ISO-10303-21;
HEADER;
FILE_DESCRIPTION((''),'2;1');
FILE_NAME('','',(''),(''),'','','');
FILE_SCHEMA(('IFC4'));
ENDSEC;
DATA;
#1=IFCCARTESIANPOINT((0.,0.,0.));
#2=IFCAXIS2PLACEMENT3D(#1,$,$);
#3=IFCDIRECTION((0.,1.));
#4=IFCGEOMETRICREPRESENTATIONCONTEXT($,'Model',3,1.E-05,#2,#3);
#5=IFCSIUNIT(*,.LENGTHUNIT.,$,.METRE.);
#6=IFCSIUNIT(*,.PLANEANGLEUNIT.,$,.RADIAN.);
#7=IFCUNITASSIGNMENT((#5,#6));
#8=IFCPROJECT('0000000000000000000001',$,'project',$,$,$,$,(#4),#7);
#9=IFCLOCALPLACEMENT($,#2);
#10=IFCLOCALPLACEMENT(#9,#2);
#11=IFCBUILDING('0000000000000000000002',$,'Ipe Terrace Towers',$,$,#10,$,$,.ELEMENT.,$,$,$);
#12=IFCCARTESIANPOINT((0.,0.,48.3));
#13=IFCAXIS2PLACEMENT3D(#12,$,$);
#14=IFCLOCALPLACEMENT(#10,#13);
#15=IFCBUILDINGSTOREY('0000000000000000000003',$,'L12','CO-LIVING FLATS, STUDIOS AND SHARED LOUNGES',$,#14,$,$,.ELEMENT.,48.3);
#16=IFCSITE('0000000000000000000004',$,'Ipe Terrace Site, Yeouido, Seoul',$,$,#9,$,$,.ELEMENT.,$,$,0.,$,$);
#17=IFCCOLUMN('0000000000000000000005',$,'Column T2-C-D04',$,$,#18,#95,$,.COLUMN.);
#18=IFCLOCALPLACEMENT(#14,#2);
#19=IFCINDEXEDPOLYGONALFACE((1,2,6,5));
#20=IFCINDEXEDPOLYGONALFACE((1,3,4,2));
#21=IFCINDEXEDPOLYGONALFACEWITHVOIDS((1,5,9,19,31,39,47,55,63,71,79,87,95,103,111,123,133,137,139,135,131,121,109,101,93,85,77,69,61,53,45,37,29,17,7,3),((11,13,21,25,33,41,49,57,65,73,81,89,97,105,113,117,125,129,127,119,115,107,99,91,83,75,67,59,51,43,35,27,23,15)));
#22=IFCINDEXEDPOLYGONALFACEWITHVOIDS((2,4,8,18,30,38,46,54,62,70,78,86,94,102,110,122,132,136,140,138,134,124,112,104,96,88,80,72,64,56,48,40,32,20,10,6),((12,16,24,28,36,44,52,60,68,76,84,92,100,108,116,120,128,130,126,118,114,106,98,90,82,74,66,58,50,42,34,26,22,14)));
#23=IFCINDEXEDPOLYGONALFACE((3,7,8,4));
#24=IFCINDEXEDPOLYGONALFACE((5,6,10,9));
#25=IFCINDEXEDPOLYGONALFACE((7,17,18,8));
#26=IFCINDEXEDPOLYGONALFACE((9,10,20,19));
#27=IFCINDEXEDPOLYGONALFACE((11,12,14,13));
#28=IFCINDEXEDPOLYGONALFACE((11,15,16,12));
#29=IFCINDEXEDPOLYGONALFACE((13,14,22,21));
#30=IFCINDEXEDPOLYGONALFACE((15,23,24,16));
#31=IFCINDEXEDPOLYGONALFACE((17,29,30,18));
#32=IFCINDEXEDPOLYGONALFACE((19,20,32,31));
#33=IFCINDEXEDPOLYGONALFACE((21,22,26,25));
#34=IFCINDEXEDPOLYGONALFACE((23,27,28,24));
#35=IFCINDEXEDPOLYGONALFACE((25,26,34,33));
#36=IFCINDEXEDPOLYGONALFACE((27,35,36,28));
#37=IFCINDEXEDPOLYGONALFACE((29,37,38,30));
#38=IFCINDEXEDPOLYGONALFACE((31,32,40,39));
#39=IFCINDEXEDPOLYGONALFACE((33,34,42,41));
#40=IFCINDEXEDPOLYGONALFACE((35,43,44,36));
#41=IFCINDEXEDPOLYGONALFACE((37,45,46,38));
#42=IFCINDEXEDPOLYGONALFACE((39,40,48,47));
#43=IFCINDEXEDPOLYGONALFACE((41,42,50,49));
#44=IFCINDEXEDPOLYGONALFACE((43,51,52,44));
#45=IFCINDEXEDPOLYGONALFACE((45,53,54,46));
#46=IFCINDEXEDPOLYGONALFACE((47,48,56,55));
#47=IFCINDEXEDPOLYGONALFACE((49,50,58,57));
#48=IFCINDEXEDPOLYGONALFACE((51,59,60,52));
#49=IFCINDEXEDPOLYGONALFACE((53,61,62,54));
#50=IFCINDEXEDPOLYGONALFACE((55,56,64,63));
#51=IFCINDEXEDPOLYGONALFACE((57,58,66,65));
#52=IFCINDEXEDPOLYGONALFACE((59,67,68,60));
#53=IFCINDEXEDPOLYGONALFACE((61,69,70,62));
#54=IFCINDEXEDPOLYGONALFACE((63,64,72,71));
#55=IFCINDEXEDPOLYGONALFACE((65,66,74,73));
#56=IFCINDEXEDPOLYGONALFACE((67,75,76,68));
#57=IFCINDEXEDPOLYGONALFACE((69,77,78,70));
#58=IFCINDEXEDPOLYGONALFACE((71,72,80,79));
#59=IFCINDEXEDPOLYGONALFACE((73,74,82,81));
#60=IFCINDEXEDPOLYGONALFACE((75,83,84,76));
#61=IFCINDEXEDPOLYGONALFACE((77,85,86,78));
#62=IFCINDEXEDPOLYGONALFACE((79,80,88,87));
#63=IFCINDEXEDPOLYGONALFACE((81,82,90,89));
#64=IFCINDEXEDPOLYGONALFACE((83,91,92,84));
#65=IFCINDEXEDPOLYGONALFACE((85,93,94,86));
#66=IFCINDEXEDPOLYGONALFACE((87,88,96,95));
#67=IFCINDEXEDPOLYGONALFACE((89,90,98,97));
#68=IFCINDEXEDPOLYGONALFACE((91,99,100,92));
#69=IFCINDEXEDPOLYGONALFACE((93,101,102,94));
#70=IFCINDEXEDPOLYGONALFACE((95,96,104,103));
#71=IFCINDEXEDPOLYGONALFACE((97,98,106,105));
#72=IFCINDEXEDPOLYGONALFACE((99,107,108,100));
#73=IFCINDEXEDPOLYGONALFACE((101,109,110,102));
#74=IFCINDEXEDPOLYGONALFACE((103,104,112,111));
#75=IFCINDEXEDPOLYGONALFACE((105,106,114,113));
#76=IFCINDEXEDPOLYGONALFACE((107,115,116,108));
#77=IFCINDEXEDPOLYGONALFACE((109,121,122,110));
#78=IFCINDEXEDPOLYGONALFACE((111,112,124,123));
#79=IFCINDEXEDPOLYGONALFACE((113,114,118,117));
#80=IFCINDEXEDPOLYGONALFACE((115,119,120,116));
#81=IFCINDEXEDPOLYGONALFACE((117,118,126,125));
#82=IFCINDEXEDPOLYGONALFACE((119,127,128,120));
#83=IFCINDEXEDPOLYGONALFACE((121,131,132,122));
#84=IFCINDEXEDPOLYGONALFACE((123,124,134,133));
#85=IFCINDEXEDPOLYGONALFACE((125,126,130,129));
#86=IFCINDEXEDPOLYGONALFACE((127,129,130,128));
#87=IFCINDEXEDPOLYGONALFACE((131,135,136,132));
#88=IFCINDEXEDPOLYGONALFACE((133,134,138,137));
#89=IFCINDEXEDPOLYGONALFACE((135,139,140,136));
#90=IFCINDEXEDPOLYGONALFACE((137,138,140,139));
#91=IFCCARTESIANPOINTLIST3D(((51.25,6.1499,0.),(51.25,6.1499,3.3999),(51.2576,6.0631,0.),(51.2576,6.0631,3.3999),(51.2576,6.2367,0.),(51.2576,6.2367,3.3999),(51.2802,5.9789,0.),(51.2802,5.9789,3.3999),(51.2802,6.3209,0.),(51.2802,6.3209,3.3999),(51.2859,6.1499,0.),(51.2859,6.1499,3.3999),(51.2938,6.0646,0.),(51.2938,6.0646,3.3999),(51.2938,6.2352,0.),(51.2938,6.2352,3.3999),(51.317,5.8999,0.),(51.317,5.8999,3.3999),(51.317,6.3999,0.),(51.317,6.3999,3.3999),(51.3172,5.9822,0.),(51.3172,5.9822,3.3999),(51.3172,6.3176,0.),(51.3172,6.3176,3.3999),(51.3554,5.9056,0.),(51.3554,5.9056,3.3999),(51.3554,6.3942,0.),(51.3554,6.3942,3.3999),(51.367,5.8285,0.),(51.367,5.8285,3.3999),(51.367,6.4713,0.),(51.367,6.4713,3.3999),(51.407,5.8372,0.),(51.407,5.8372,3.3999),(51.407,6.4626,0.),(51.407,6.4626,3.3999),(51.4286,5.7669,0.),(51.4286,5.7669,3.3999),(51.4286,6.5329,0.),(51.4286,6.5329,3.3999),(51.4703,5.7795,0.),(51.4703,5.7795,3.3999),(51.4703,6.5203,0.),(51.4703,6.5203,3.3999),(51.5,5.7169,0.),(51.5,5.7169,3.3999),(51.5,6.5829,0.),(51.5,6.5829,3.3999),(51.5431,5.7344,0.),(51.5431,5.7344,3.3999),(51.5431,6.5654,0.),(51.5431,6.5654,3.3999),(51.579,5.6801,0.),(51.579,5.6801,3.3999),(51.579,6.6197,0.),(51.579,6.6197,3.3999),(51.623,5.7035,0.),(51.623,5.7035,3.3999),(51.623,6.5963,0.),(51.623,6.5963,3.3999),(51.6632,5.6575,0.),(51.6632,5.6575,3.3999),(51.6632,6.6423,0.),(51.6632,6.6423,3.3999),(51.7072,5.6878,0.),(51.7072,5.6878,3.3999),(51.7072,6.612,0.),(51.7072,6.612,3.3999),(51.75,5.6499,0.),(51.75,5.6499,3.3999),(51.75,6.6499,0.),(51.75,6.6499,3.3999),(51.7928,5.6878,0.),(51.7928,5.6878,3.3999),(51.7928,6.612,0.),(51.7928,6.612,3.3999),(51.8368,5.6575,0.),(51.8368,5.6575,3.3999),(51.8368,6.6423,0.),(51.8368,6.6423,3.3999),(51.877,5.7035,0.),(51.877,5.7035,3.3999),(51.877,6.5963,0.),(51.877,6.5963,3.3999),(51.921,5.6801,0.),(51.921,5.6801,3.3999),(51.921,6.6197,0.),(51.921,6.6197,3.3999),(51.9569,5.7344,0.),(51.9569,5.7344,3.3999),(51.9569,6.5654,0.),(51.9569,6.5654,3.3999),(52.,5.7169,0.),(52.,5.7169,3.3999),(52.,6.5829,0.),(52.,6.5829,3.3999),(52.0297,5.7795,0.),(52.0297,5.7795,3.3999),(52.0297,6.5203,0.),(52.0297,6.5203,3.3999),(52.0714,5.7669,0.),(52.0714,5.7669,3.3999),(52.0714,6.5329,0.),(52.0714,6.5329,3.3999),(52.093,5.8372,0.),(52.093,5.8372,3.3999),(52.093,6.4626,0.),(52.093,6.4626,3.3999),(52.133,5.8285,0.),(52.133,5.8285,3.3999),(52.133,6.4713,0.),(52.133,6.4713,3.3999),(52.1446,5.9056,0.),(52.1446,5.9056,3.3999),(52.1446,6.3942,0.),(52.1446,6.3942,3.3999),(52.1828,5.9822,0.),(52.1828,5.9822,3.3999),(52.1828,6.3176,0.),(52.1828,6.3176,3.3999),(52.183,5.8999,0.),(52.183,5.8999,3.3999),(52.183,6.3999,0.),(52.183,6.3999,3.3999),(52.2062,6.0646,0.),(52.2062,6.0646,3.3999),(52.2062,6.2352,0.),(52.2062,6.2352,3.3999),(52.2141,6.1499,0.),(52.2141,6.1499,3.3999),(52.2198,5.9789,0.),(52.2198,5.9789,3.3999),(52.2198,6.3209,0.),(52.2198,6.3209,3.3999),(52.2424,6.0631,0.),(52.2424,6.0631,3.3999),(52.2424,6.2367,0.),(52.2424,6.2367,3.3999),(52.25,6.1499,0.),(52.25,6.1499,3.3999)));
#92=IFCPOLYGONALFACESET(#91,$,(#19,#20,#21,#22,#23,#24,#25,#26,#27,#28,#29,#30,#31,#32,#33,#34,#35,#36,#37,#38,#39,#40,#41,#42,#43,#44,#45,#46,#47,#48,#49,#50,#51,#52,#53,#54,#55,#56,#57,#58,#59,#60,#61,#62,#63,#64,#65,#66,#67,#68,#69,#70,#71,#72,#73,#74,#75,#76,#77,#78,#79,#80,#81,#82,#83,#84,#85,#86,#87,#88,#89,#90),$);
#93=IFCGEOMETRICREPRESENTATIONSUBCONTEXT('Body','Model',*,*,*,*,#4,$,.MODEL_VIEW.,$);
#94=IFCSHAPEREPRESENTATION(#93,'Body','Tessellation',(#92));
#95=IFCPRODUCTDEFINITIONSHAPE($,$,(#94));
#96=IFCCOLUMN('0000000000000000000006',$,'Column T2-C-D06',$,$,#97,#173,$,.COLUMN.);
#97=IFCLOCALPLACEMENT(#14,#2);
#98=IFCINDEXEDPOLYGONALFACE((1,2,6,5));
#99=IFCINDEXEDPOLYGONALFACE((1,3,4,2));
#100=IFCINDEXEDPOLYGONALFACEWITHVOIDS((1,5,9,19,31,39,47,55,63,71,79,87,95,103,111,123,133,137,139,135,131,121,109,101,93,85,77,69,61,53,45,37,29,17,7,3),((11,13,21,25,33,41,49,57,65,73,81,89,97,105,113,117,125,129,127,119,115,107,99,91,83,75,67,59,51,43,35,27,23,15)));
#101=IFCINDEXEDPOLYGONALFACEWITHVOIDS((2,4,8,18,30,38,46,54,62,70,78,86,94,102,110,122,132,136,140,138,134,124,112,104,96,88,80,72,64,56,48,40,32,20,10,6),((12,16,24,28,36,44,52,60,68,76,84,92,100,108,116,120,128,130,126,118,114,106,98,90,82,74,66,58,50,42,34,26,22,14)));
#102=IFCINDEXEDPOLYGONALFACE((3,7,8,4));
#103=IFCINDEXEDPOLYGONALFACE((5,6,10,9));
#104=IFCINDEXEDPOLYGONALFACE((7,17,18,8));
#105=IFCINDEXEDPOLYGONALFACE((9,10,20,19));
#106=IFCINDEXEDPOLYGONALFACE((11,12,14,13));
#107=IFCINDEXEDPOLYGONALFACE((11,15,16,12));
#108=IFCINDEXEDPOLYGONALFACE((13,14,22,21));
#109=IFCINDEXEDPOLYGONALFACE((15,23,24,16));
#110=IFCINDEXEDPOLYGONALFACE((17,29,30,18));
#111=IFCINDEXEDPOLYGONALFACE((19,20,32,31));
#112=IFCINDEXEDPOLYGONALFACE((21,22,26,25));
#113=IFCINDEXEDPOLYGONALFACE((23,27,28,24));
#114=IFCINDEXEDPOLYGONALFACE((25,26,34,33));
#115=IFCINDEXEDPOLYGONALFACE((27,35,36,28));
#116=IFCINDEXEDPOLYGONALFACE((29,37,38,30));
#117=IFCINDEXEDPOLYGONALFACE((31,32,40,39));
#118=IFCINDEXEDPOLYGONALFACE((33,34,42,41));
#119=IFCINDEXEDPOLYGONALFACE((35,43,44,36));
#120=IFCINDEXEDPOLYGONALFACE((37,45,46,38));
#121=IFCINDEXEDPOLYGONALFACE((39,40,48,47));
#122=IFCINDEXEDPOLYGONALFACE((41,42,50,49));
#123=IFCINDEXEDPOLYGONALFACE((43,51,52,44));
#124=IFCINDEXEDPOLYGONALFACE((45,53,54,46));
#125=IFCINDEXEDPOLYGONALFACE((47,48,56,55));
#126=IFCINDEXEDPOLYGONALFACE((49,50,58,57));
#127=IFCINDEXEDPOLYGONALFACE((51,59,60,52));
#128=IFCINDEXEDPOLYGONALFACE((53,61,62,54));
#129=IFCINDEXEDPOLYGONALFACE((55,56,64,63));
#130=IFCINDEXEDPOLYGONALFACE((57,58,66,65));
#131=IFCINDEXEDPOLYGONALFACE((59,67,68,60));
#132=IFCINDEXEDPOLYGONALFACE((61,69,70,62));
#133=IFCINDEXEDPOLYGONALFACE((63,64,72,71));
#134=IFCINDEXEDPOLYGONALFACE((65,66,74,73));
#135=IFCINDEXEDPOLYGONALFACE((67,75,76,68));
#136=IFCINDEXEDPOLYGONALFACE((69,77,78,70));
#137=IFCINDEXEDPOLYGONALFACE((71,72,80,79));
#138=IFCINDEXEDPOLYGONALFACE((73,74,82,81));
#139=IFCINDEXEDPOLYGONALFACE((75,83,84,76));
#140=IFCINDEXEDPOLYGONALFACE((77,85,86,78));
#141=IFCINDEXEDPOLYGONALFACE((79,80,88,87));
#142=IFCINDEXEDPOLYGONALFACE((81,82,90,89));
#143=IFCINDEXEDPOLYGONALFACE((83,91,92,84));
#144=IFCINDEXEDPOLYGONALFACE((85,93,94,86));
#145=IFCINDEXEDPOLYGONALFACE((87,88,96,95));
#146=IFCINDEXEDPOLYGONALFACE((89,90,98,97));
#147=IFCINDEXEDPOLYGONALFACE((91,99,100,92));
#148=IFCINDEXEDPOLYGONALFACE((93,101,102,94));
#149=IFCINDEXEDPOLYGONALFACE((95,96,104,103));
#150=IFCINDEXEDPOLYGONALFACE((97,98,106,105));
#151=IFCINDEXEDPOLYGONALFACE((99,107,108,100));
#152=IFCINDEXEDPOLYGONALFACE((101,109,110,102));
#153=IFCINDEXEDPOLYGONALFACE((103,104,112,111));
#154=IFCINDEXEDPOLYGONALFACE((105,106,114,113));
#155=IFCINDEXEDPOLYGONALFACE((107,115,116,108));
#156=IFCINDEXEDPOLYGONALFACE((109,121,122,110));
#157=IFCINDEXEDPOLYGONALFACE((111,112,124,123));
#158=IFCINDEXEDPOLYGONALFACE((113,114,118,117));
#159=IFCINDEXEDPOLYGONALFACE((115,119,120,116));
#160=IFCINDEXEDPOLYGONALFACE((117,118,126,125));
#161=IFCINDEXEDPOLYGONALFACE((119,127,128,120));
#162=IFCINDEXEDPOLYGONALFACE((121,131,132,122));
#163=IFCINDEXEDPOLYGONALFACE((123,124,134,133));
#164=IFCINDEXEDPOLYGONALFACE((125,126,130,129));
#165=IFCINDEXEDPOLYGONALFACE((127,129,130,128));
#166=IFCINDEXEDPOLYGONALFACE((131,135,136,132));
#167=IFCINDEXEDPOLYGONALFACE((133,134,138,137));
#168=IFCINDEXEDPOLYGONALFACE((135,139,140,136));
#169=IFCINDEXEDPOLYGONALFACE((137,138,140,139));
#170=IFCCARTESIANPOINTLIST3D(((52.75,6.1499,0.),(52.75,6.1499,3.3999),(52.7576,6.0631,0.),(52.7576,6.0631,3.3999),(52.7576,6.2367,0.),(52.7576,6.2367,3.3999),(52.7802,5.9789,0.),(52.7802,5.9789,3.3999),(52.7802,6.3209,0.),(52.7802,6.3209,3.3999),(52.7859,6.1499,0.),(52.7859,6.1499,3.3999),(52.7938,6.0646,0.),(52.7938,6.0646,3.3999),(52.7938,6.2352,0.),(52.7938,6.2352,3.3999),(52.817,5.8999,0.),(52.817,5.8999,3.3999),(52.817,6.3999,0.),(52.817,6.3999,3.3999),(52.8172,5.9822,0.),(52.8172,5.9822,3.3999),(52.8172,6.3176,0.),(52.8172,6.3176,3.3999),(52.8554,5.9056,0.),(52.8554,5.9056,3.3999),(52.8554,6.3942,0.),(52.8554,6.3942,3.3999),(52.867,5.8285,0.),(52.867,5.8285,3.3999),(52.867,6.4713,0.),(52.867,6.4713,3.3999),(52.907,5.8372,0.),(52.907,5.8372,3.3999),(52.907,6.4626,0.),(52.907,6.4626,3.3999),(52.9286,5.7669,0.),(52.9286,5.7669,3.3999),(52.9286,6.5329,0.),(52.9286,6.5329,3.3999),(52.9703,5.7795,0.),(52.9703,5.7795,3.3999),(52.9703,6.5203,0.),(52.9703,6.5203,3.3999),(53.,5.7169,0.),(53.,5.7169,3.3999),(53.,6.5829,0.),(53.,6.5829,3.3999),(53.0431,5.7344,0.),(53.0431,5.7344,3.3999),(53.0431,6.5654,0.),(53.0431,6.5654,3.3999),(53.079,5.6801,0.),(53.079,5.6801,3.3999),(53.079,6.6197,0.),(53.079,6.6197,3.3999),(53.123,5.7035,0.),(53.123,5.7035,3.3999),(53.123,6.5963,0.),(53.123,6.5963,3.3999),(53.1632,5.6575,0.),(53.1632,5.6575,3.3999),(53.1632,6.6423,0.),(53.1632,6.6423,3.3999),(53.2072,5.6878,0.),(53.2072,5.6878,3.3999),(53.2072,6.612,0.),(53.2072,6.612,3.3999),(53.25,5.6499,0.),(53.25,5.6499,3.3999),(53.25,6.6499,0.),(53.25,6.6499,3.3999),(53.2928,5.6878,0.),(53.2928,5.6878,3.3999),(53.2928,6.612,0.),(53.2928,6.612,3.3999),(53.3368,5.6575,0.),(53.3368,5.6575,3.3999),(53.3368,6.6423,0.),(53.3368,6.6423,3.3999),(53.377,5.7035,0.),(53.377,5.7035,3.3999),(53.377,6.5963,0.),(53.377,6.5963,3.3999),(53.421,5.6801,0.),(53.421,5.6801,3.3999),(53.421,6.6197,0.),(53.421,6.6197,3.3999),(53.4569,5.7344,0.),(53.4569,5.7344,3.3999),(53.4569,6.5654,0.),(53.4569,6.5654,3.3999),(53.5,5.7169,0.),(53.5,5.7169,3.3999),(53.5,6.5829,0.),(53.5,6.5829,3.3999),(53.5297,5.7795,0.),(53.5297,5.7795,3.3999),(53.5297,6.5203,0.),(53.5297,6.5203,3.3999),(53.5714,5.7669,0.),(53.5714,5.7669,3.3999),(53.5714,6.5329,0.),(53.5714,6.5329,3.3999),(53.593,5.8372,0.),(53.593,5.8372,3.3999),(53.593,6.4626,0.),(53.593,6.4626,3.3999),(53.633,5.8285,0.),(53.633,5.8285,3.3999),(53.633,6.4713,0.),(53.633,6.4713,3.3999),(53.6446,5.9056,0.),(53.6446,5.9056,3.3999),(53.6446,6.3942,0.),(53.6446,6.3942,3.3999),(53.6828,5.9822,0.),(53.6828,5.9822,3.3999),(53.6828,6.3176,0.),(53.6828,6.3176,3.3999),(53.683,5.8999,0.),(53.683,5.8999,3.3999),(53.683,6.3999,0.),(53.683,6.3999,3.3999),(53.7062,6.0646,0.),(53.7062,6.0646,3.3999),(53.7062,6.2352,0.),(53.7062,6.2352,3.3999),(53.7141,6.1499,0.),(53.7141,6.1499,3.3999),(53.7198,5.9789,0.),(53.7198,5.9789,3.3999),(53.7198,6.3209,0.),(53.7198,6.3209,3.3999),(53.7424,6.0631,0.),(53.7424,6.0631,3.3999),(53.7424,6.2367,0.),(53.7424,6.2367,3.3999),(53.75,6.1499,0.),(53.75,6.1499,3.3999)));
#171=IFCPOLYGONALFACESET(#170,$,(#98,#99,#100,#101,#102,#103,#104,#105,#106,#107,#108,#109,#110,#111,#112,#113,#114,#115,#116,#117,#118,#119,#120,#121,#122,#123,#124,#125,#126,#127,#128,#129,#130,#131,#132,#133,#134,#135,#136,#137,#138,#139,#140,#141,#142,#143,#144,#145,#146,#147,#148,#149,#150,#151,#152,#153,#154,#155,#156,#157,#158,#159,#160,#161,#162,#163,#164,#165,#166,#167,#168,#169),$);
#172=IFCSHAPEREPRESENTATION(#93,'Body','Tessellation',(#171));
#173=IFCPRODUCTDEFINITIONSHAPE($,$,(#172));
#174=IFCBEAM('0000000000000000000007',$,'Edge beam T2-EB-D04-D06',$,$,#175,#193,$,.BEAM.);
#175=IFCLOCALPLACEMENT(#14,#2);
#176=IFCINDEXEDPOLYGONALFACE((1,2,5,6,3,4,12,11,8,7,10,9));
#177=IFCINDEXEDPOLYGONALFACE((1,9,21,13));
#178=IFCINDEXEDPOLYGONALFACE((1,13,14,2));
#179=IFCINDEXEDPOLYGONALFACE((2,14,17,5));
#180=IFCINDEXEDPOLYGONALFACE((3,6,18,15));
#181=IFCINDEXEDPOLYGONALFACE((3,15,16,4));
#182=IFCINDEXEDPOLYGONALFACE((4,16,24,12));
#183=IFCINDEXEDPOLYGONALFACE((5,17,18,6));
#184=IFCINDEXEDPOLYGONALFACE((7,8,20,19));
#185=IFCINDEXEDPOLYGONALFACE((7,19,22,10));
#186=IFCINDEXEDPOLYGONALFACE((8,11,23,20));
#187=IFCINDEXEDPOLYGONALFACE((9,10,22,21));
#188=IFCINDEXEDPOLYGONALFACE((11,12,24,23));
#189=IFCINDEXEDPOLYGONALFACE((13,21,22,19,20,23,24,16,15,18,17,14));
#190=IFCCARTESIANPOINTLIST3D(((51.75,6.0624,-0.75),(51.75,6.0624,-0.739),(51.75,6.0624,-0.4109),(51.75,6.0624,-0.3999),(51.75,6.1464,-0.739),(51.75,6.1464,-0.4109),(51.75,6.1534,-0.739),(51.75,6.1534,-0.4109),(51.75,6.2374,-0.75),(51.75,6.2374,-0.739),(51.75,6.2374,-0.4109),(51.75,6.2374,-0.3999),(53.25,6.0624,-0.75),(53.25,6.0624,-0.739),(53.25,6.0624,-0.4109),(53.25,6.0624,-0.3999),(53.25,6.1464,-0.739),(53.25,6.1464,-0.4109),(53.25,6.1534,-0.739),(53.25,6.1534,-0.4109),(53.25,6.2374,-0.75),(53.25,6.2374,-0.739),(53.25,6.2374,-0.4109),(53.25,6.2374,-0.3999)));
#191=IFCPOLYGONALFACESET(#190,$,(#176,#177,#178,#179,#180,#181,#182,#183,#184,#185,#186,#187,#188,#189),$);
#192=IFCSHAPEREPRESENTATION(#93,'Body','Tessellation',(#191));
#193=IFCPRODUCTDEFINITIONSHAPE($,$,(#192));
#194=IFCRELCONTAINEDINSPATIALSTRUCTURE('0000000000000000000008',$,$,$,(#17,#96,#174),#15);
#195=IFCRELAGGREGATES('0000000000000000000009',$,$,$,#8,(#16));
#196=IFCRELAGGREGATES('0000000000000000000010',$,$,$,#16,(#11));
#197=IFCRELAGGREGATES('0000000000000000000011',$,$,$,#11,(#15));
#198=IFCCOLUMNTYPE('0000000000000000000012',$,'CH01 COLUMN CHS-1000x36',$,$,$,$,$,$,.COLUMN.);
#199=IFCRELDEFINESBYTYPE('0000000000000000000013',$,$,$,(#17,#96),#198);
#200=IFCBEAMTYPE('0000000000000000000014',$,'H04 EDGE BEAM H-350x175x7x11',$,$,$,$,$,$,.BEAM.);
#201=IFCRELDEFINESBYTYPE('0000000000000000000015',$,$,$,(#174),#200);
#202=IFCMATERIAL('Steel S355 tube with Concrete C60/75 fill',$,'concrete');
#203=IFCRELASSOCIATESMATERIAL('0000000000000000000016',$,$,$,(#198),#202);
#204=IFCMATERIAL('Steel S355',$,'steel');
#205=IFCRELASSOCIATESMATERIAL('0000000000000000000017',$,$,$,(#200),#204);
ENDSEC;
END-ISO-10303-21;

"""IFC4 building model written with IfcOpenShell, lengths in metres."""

from ifc_helpers import new_model, si_unit, direction, frame, origin, origin_2d, place, context, subcontext, project, spatial, hollow_circle, i_section, extrude, material, material_profile, profile_set, type_object, element, save


model = new_model("IFC4")

# Units and contexts
model_context = context("Model", 3, precision=1e-05, world=origin(), true_north=direction((0.0, 1.0)))
body_context = subcontext(model_context, "Body", "Model", "MODEL_VIEW")
ifc_project = project(units=[si_unit("LENGTHUNIT", "METRE"), si_unit("PLANEANGLEUNIT", "RADIAN")], contexts=[model_context])

# Site, building, storey
site_placement = place(None, origin())
site = spatial("IfcSite", under=ifc_project, at=site_placement, Name="Ipe Terrace Site, Yeouido, Seoul", CompositionType="ELEMENT", RefElevation=0.0)
building_placement = place(site_placement, origin())
building = spatial("IfcBuilding", under=site, at=building_placement, Name="Ipe Terrace Towers", CompositionType="ELEMENT")
storey_placement = place(building_placement, frame((0.0, 0.0, 48.3)))
storey = spatial("IfcBuildingStorey", under=building, at=storey_placement, Name="L12", Description="CO-LIVING FLATS, STUDIOS AND SHARED LOUNGES", CompositionType="ELEMENT", Elevation=48.3)

# Columns
ifc_material_1 = material(Name="Steel S355 tube with Concrete C60/75 fill", Category="concrete")
ifc_material_profile_1 = material_profile(ifc_material_1, hollow_circle(Radius=0.5, WallThickness=0.0359, at=origin_2d()), Name="CHS-1000x36")
ifc_profile_set_1 = profile_set([ifc_material_profile_1], Name="Steel S355 tube with Concrete C60/75 fill")
column_type = type_object("IfcColumnType", Name="CH01 COLUMN CHS-1000x36", PredefinedType="COLUMN", material=ifc_profile_set_1)
for number, where, z_axis, x_axis, name in (
    (1, (51.75, 6.1499, 0.0), (0.0, 0.0, 1.0), (1.0, 0.0, 0.0), "Column T2-C-D04"),
    (2, (53.25, 6.1499, 0.0), (0.0, 0.0, 1.0), (1.0, 0.0, 0.0), "Column T2-C-D06"),
):
    element("IfcColumn", number, at=place(storey_placement, frame(where, z_axis=z_axis, x_axis=x_axis)), inside=storey, type_object=column_type, Name=name, PredefinedType="COLUMN", context=body_context, shape_type="SweptSolid", body=[
        extrude(hollow_circle(Radius=0.5, WallThickness=0.0359, at=origin_2d()), origin(), (0.0, 0.0, 1.0), 3.3999),
    ])

# Beam
ifc_material_2 = material(Name="Steel S355", Category="steel")
ifc_material_profile_2 = material_profile(ifc_material_2, i_section(OverallWidth=0.175, OverallDepth=0.3501, WebThickness=0.0071, FlangeThickness=0.011, at=origin_2d()), Name="H-350x175x7x11")
ifc_profile_set_2 = profile_set([ifc_material_profile_2], Name="Steel S355")
beam_type = type_object("IfcBeamType", Name="H04 EDGE BEAM H-350x175x7x11", PredefinedType="BEAM", material=ifc_profile_set_2)
beam_placement = place(storey_placement, frame((51.75, 6.1499, -0.575), z_axis=(1.0, 0.0, 0.0), x_axis=(0.0, 1.0, 0.0)))
element("IfcBeam", 3, at=beam_placement, inside=storey, type_object=beam_type, Name="Edge beam T2-EB-D04-D06", PredefinedType="BEAM", context=body_context, shape_type="SweptSolid", body=[
    extrude(i_section(OverallWidth=0.175, OverallDepth=0.3501, WebThickness=0.0071, FlangeThickness=0.011, at=origin_2d()), origin(), (0.0, 0.0, 1.0), 1.5),
])

save(model, "model.ifc")
